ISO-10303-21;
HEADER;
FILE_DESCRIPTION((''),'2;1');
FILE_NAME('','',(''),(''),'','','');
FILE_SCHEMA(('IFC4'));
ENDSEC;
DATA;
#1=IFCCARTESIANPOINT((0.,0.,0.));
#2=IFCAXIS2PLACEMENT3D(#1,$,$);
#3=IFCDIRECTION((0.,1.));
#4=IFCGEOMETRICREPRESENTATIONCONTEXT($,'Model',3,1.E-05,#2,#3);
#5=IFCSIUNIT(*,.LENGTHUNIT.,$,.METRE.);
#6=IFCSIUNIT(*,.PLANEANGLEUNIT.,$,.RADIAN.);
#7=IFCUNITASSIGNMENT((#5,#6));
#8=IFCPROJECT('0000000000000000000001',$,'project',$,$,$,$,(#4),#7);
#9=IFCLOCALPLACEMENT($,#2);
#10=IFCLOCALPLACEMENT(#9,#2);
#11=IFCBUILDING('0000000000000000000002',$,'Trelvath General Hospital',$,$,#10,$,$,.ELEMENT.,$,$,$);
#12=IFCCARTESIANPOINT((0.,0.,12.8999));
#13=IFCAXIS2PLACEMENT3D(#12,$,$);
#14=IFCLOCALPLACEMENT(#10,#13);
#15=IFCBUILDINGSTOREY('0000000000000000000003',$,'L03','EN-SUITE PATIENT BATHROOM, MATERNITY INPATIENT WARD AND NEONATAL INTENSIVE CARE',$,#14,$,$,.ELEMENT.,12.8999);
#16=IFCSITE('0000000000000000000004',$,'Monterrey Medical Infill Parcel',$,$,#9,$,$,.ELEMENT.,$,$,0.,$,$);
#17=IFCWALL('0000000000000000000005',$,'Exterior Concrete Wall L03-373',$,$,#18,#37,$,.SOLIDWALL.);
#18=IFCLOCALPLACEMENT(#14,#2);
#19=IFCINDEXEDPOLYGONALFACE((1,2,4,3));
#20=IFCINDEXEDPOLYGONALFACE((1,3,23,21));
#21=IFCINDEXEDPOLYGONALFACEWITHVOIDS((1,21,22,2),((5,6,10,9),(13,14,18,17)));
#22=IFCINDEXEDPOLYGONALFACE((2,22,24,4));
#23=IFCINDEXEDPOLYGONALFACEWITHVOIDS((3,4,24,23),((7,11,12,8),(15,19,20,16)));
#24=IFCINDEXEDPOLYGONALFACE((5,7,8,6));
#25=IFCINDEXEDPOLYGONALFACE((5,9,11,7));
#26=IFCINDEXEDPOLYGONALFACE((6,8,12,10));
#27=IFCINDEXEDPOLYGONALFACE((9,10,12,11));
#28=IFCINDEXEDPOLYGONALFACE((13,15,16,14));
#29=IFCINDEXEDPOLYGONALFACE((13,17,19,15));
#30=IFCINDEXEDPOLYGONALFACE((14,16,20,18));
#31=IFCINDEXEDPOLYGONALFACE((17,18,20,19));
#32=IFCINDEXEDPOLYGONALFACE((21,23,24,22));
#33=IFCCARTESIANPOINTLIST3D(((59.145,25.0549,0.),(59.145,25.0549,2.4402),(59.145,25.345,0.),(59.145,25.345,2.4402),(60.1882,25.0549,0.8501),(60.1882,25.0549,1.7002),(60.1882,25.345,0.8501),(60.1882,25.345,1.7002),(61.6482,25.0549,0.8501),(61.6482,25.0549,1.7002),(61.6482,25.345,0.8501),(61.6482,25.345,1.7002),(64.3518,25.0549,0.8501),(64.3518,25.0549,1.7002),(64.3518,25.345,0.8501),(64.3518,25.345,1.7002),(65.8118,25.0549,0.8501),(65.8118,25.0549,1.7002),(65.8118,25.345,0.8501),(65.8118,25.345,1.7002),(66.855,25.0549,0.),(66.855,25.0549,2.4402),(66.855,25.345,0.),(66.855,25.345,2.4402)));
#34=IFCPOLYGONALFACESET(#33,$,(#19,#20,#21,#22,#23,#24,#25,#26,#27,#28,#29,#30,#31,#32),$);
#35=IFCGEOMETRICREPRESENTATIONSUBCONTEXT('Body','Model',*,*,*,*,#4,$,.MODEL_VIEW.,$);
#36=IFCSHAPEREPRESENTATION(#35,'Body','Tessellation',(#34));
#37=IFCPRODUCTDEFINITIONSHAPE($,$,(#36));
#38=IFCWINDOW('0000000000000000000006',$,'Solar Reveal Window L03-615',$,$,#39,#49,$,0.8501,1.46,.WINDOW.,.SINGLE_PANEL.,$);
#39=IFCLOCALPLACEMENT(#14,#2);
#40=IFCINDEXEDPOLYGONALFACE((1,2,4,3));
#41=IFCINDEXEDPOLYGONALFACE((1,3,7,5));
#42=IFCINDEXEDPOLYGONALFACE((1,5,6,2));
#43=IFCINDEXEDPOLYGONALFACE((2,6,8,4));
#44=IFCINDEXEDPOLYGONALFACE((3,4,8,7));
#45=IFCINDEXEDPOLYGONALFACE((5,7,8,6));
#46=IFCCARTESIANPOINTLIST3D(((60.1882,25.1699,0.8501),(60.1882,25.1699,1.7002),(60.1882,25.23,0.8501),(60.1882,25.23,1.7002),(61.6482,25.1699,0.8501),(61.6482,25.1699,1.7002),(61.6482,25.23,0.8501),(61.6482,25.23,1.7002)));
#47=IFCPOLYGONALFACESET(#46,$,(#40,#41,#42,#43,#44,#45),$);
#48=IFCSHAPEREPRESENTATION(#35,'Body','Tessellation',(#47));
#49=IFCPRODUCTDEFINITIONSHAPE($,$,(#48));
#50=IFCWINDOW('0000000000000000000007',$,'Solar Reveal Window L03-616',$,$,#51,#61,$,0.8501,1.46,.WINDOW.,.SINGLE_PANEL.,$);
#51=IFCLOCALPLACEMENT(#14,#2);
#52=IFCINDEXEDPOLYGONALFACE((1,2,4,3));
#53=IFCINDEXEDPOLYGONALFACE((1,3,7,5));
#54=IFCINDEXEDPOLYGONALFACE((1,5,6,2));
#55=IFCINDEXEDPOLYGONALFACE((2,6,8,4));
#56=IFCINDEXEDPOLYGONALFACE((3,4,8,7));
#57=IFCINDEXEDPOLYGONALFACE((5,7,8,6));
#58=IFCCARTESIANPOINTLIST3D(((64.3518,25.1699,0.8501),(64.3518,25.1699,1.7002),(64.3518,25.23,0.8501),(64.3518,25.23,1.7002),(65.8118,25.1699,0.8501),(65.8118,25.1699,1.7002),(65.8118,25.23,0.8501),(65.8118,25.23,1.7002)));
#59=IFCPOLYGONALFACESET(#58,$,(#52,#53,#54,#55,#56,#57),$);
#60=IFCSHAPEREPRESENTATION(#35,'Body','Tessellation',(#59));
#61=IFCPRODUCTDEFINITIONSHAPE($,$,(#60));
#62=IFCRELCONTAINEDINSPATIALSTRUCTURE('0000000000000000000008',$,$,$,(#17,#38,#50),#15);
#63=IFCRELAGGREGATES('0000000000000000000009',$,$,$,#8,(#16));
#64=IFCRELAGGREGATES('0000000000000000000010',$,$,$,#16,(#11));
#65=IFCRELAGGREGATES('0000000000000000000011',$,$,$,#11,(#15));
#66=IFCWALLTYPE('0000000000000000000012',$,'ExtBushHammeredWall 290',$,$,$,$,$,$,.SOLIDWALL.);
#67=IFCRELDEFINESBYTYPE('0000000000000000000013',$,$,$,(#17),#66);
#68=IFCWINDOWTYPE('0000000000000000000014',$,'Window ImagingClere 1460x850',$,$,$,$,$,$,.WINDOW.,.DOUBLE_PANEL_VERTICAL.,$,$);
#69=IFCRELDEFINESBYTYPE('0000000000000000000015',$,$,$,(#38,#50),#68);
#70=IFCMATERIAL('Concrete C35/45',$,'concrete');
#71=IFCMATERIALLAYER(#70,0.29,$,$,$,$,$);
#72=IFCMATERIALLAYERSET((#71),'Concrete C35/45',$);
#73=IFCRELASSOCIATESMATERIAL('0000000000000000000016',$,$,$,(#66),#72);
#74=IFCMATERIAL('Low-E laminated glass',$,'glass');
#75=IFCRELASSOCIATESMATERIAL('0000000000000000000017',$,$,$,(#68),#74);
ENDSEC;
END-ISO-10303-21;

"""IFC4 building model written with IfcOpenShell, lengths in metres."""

from ifc_helpers import new_model, si_unit, direction, frame, frame_2d, origin, place, context, subcontext, project, spatial, rectangle, extrude, material, layer, layer_set, type_object, element, fill, save


model = new_model("IFC4")

# Units and contexts
model_context = context("Model", 3, precision=1e-05, world=origin(), true_north=direction((0.0, 1.0)))
body_context = subcontext(model_context, "Body", "Model", "MODEL_VIEW")
ifc_project = project(units=[si_unit("LENGTHUNIT", "METRE"), si_unit("PLANEANGLEUNIT", "RADIAN")], contexts=[model_context])

# Site, building, storey
site_placement = place(None, origin())
site = spatial("IfcSite", under=ifc_project, at=site_placement, Name="Monterrey Medical Infill Parcel", CompositionType="ELEMENT", RefElevation=0.0)
building_placement = place(site_placement, origin())
building = spatial("IfcBuilding", under=site, at=building_placement, Name="Trelvath General Hospital", CompositionType="ELEMENT")
storey_placement = place(building_placement, frame((0.0, 0.0, 12.8999)))
storey = spatial("IfcBuildingStorey", under=building, at=storey_placement, Name="L03", Description="EN-SUITE PATIENT BATHROOM, MATERNITY INPATIENT WARD AND NEONATAL INTENSIVE CARE", CompositionType="ELEMENT", Elevation=12.8999)

# Wall, openings, windows
ifc_material_1 = material(Name="Concrete C35/45", Category="concrete")
ifc_layer_1 = layer(ifc_material_1, 0.29)
ifc_layer_set_1 = layer_set([ifc_layer_1], Name="Concrete C35/45")
wall_type_1 = type_object("IfcWallType", Name="ExtBushHammeredWall 290", PredefinedType="SOLIDWALL", material=ifc_layer_set_1)
wall_placement = place(storey_placement, frame((59.145, 25.2, 0.0), z_axis=(0.0, 0.0, 1.0), x_axis=(1.0, 0.0, 0.0)))
wall = element("IfcWall", 1, at=wall_placement, inside=storey, type_object=wall_type_1, Name="Exterior Concrete Wall L03-373", PredefinedType="SOLIDWALL", context=body_context, shape_type="SweptSolid", body=[
    extrude(rectangle(XDim=7.71, YDim=0.29, at=frame_2d((3.855, 0.0))), origin(), (0.0, 0.0, 1.0), 2.4402),
])
opening_1_placement = place(wall_placement, frame((1.0432, 0.0, 0.8501)))
opening_1 = element("IfcOpeningElement", 2, at=opening_1_placement, cuts=wall, PredefinedType="OPENING", context=body_context, shape_type="SweptSolid", body=[
    extrude(rectangle(XDim=1.46, YDim=0.8501, at=frame_2d((0.73, 0.425))), frame((0.0, 0.155, 0.0), z_axis=(0.0, -1.0, 0.0), x_axis=(1.0, 0.0, 0.0)), (0.0, 0.0, 1.0), 0.3101),
])
opening_2_placement = place(wall_placement, frame((5.2068, 0.0, 0.8501)))
opening_2 = element("IfcOpeningElement", 3, at=opening_2_placement, cuts=wall, PredefinedType="OPENING", context=body_context, shape_type="SweptSolid", body=[
    extrude(rectangle(XDim=1.46, YDim=0.8501, at=frame_2d((0.73, 0.425))), frame((0.0, 0.155, 0.0), z_axis=(0.0, -1.0, 0.0), x_axis=(1.0, 0.0, 0.0)), (0.0, 0.0, 1.0), 0.3101),
])
ifc_material_2 = material(Name="Low-E laminated glass", Category="glass")
window_type = type_object("IfcWindowType", Name="Window ImagingClere 1460x850", PartitioningType="DOUBLE_PANEL_VERTICAL", PredefinedType="WINDOW", material=ifc_material_2)
window_1_placement = place(opening_1_placement, origin())
window_1 = element("IfcWindow", 4, at=window_1_placement, inside=storey, type_object=window_type, Name="Solar Reveal Window L03-615", OverallHeight=0.8501, OverallWidth=1.46, PartitioningType="SINGLE_PANEL", PredefinedType="WINDOW", context=body_context, shape_type="SweptSolid", body=[
    extrude(rectangle(XDim=1.46, YDim=0.8501, at=frame_2d((0.73, 0.425))), frame((0.0, 0.03, 0.0), z_axis=(0.0, -1.0, 0.0), x_axis=(1.0, 0.0, 0.0)), (0.0, 0.0, 1.0), 0.0601),
])
fill(opening_1, window_1)
window_2_placement = place(opening_2_placement, origin())
window_2 = element("IfcWindow", 5, at=window_2_placement, inside=storey, type_object=window_type, Name="Solar Reveal Window L03-616", OverallHeight=0.8501, OverallWidth=1.46, PartitioningType="SINGLE_PANEL", PredefinedType="WINDOW", context=body_context, shape_type="SweptSolid", body=[
    extrude(rectangle(XDim=1.46, YDim=0.8501, at=frame_2d((0.73, 0.425))), frame((0.0, 0.03, 0.0), z_axis=(0.0, -1.0, 0.0), x_axis=(1.0, 0.0, 0.0)), (0.0, 0.0, 1.0), 0.0601),
])
fill(opening_2, window_2)

save(model, "model.ifc")
